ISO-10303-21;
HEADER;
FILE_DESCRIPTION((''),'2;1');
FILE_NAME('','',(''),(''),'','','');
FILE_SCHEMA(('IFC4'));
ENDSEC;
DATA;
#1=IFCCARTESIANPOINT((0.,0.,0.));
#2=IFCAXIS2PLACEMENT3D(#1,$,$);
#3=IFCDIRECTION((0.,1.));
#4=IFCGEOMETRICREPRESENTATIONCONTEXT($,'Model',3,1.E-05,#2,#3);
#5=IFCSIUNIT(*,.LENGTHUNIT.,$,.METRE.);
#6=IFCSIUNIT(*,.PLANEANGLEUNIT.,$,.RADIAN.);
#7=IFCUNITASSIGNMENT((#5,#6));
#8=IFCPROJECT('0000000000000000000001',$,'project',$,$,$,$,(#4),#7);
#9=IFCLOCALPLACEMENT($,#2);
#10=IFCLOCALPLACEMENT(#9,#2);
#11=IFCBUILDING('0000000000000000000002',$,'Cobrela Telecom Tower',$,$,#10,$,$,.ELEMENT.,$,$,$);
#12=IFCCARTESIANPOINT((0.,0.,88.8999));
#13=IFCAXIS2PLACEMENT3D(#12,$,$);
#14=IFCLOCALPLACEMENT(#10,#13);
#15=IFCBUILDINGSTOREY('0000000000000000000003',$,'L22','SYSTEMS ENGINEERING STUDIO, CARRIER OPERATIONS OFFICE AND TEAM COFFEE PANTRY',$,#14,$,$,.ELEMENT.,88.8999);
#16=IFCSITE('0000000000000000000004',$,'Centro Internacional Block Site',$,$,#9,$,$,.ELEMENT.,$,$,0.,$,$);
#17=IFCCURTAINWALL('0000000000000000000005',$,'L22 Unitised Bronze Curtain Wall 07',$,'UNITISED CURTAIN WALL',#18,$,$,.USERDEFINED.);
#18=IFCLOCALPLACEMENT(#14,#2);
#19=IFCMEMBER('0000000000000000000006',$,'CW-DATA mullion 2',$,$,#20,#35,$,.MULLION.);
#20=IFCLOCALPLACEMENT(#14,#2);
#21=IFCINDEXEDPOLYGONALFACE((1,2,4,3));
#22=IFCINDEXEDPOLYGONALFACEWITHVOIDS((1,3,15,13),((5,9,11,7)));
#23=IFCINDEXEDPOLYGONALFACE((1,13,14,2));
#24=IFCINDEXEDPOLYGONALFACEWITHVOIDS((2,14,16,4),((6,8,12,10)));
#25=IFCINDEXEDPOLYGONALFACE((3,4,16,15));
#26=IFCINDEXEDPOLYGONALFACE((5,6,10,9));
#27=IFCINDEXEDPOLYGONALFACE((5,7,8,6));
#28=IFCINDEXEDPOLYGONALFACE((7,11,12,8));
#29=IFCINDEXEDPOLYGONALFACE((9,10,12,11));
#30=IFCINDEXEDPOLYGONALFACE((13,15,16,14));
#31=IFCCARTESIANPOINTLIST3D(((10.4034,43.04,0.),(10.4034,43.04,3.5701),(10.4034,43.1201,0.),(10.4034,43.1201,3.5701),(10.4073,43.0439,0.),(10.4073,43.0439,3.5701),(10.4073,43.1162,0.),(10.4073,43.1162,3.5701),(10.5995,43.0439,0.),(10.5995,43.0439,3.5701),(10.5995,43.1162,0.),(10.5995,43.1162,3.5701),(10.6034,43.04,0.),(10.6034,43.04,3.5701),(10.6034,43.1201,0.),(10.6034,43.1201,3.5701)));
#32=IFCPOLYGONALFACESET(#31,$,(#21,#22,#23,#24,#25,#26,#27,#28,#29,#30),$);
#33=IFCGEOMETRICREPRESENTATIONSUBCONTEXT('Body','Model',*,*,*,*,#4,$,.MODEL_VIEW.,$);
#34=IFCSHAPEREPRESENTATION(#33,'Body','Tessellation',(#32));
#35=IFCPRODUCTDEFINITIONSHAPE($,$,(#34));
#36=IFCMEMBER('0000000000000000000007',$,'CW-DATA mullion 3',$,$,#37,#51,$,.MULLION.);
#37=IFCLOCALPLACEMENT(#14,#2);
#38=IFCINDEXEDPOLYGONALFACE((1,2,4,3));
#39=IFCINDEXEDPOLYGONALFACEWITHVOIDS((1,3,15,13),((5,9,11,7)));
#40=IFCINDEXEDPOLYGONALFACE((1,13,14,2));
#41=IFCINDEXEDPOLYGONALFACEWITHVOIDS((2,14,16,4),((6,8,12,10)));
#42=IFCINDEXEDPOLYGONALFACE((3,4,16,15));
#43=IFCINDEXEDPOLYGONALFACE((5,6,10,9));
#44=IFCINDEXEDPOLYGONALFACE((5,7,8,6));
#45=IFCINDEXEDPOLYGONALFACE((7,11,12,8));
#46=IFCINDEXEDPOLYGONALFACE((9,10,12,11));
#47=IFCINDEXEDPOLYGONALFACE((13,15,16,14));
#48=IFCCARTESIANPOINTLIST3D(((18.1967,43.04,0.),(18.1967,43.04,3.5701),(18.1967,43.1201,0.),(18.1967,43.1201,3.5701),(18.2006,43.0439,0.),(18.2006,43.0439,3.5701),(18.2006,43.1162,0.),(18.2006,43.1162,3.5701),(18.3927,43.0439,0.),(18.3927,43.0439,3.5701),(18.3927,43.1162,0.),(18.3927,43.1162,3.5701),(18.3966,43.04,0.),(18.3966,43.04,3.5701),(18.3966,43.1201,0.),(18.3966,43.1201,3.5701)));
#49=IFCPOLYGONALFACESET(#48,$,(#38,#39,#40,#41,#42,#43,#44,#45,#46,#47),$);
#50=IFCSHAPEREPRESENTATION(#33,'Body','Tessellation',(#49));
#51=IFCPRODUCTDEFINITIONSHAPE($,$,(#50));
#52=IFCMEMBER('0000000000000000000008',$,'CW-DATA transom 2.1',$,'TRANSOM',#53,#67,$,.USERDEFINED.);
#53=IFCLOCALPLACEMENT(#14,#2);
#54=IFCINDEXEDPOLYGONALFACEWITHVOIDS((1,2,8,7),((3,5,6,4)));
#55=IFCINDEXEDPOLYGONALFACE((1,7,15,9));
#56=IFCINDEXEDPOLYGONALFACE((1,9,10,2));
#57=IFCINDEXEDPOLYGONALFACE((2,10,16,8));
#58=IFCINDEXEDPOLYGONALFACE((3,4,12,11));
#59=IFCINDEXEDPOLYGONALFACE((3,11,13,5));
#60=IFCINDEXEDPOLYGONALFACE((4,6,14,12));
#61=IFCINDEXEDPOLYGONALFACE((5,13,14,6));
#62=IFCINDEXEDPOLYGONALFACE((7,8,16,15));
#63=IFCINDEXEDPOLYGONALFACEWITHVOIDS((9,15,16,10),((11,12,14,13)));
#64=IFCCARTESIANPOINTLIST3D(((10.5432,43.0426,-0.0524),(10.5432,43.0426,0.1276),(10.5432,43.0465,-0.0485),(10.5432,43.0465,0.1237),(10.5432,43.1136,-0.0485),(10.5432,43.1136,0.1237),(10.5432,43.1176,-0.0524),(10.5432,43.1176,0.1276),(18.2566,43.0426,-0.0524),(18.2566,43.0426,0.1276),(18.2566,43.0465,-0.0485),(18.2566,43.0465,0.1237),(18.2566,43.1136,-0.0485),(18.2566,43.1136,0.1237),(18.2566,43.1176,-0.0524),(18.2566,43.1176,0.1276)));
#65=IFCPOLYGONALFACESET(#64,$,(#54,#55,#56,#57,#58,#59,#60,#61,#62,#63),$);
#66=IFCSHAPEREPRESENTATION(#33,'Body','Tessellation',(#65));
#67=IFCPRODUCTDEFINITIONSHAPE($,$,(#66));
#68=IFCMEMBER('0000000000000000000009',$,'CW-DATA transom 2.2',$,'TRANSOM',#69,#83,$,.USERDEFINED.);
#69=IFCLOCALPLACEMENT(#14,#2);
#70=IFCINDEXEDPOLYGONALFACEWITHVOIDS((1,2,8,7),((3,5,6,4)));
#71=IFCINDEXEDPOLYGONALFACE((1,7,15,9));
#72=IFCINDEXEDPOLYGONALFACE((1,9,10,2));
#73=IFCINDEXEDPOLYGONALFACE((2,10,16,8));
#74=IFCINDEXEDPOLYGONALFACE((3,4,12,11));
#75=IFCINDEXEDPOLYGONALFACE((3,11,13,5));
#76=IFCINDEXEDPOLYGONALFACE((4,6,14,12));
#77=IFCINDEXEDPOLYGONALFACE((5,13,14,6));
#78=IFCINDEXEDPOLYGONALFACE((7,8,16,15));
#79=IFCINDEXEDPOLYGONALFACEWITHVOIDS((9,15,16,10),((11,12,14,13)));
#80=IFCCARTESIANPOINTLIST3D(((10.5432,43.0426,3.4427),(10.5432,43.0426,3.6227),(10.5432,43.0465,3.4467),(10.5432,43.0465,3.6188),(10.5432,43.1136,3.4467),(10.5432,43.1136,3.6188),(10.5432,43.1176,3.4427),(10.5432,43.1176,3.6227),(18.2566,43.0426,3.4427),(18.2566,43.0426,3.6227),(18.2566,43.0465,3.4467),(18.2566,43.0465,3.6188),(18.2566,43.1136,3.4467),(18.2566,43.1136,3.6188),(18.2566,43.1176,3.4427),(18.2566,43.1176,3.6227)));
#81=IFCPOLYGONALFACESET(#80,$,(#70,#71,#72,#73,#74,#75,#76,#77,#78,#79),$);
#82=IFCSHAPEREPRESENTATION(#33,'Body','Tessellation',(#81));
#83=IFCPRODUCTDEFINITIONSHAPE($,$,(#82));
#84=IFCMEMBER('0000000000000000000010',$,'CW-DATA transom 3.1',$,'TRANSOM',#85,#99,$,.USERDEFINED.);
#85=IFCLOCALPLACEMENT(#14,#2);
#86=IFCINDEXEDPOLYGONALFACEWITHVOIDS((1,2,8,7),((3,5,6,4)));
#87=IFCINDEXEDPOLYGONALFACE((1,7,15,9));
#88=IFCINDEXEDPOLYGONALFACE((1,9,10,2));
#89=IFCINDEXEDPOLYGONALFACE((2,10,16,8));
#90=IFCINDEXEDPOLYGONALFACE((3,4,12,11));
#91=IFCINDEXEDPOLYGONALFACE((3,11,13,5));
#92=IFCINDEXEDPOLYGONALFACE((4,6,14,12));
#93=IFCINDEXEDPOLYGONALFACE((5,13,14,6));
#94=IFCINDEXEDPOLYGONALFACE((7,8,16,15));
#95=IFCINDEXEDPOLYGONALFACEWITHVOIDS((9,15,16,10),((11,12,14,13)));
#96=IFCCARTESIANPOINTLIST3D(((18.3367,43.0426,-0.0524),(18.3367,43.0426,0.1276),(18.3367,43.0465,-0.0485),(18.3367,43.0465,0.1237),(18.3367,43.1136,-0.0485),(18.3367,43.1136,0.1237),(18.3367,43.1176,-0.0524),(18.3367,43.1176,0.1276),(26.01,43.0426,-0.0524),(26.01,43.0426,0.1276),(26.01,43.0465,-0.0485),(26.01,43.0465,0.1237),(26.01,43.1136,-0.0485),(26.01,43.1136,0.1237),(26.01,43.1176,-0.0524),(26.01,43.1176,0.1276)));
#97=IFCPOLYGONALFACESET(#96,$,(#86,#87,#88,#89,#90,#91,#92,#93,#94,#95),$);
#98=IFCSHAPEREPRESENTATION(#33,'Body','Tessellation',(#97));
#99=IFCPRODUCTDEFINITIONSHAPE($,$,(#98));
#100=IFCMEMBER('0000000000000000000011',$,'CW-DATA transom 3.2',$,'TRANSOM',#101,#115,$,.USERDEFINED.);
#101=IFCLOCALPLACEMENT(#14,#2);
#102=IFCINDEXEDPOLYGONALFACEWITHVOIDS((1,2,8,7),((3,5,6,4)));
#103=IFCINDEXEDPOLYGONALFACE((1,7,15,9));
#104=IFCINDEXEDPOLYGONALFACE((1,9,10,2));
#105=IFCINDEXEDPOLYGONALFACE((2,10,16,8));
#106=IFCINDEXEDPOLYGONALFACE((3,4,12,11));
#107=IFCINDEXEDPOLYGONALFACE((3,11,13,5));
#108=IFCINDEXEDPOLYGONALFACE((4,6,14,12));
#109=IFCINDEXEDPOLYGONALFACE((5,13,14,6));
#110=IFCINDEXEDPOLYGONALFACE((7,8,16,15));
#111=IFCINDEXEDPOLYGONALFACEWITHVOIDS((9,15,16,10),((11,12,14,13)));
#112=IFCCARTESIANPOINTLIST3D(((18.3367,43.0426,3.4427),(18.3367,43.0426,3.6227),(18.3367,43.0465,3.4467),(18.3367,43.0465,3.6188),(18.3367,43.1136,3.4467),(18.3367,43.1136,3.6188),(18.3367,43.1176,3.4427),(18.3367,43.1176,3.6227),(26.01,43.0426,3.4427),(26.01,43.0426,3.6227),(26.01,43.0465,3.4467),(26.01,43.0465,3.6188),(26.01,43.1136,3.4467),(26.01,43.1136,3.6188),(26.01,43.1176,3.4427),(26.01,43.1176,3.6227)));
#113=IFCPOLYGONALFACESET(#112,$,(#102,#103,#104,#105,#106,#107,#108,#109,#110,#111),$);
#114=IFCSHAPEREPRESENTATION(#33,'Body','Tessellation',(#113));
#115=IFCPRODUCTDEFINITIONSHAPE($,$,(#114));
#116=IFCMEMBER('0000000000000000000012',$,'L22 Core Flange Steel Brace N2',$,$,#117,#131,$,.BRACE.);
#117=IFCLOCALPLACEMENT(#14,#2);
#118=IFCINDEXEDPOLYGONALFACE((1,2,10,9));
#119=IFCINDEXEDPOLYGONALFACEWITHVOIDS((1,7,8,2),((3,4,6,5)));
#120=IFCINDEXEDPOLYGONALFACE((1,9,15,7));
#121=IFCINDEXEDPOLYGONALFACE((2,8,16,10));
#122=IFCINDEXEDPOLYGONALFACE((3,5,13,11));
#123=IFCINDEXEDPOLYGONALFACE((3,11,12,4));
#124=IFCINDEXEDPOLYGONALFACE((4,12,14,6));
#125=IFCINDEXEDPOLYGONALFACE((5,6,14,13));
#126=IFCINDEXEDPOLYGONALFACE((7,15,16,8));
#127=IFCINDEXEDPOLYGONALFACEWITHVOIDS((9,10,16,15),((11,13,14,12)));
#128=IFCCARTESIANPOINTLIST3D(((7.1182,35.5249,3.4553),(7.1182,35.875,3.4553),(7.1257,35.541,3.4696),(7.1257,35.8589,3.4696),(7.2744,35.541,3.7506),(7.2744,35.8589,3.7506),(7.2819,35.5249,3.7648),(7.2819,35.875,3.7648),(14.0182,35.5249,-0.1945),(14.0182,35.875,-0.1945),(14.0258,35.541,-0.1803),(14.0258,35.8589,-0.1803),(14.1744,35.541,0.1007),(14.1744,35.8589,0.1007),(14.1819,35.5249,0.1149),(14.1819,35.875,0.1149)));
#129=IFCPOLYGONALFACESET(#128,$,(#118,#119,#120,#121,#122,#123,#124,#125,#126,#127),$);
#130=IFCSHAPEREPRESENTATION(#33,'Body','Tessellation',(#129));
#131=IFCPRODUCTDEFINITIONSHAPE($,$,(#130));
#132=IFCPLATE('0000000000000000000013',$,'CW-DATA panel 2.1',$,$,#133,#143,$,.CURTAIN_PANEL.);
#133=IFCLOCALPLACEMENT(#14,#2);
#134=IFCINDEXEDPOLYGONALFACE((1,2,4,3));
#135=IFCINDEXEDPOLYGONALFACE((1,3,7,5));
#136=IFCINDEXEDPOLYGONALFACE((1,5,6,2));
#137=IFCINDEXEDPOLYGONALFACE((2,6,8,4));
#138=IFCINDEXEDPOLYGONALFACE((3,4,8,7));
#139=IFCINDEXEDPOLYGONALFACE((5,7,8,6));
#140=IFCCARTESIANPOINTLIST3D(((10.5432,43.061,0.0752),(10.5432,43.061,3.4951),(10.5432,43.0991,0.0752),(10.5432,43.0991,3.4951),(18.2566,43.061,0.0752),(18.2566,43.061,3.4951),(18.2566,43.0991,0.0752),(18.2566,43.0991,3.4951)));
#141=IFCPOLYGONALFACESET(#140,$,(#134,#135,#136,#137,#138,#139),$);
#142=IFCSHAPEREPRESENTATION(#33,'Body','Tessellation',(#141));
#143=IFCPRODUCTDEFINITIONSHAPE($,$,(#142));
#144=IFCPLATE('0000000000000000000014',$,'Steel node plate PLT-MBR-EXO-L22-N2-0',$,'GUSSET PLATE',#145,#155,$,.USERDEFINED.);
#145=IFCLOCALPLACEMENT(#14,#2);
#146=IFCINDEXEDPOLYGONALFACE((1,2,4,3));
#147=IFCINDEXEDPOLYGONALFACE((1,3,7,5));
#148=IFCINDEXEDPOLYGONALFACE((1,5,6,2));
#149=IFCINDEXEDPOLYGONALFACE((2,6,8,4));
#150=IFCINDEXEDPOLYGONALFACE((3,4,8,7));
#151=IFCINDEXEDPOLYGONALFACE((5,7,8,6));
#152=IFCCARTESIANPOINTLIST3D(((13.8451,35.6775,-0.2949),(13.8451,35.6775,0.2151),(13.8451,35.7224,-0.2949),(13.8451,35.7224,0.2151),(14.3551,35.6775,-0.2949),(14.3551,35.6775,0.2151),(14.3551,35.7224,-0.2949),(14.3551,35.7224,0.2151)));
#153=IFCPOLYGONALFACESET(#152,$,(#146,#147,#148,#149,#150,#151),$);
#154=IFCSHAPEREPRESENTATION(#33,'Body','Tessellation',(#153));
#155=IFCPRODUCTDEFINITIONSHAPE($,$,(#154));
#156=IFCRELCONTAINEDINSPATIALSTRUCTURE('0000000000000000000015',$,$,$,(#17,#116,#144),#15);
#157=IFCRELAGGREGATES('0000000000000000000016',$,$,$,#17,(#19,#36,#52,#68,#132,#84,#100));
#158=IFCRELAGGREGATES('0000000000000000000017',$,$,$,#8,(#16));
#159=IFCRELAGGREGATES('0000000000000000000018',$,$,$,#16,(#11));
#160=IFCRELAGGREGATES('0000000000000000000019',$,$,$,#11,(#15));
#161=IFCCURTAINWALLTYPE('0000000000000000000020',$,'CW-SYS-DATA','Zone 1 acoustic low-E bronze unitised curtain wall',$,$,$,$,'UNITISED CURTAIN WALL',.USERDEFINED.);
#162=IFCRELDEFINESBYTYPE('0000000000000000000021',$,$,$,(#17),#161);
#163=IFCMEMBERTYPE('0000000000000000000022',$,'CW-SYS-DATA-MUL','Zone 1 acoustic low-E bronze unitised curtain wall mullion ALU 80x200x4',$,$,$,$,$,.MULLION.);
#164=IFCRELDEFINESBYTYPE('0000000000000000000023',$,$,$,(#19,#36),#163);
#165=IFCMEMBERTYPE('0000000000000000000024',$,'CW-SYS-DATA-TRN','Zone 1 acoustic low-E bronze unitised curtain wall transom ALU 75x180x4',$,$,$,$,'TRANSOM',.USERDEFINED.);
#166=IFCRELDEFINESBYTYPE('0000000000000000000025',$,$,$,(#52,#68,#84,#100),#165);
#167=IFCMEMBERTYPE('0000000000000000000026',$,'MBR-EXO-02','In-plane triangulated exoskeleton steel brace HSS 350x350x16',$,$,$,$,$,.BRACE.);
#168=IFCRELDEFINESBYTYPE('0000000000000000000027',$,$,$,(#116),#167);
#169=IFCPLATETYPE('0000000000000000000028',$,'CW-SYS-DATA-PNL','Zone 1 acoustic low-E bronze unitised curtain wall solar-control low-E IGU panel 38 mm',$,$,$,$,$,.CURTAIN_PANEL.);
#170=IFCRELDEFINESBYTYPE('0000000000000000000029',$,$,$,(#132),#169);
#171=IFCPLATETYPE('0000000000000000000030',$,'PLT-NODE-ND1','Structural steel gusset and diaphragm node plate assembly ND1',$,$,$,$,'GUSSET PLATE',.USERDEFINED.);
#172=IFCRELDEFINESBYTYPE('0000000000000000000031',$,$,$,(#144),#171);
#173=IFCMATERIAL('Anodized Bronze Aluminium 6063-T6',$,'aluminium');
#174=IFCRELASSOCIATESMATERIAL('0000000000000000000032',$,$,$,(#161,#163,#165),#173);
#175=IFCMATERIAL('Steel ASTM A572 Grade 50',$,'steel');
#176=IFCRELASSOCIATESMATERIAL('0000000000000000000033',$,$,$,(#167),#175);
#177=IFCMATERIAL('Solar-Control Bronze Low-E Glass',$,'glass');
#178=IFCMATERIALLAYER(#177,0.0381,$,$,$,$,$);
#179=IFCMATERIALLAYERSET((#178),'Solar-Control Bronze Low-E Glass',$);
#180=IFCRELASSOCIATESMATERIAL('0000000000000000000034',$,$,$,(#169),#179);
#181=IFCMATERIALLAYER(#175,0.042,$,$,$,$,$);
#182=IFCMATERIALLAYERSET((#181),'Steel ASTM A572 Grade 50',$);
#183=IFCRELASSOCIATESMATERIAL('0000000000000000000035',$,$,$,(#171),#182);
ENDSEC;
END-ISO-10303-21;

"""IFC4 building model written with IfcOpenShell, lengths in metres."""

from ifc_helpers import new_model, si_unit, direction, frame, origin, origin_2d, place, context, subcontext, project, spatial, rectangle, hollow_rectangle, extrude, material, layer, layer_set, material_profile, profile_set, type_object, element, aggregate, save


model = new_model("IFC4")

# Units and contexts
model_context = context("Model", 3, precision=1e-05, world=origin(), true_north=direction((0.0, 1.0)))
body_context = subcontext(model_context, "Body", "Model", "MODEL_VIEW")
ifc_project = project(units=[si_unit("LENGTHUNIT", "METRE"), si_unit("PLANEANGLEUNIT", "RADIAN")], contexts=[model_context])

# Site, building, storey
site_placement = place(None, origin())
site = spatial("IfcSite", under=ifc_project, at=site_placement, Name="Centro Internacional Block Site", CompositionType="ELEMENT", RefElevation=0.0)
building_placement = place(site_placement, origin())
building = spatial("IfcBuilding", under=site, at=building_placement, Name="Cobrela Telecom Tower", CompositionType="ELEMENT")
storey_placement = place(building_placement, frame((0.0, 0.0, 88.8999)))
storey = spatial("IfcBuildingStorey", under=building, at=storey_placement, Name="L22", Description="SYSTEMS ENGINEERING STUDIO, CARRIER OPERATIONS OFFICE AND TEAM COFFEE PANTRY", CompositionType="ELEMENT", Elevation=88.8999)

# Shared definitions
ifc_material_1 = material(Name="Steel ASTM A572 Grade 50", Category="steel")

# Curtain wall, members
ifc_material_2 = material(Name="Anodized Bronze Aluminium 6063-T6", Category="aluminium")
curtain_wall_type = type_object("IfcCurtainWallType", Name="CW-SYS-DATA", Description="Zone 1 acoustic low-E bronze unitised curtain wall", ElementType="UNITISED CURTAIN WALL", PredefinedType="USERDEFINED", material=ifc_material_2)
curtain_wall_placement = place(storey_placement, origin())
curtain_wall = element("IfcCurtainWall", 1, at=curtain_wall_placement, inside=storey, type_object=curtain_wall_type, Name="L22 Unitised Bronze Curtain Wall 07", ObjectType="UNITISED CURTAIN WALL", PredefinedType="USERDEFINED")
ifc_material_profile_1 = material_profile(ifc_material_2, hollow_rectangle(XDim=0.0801, YDim=0.2, WallThickness=0.0039, at=origin_2d()), Name="ALU 80x200x4")
ifc_profile_set_1 = profile_set([ifc_material_profile_1], Name="Anodized Bronze Aluminium 6063-T6")
member_type_1 = type_object("IfcMemberType", Name="CW-SYS-DATA-MUL", Description="Zone 1 acoustic low-E bronze unitised curtain wall mullion ALU 80x200x4", PredefinedType="MULLION", material=ifc_profile_set_1)
member_1_placement = place(storey_placement, frame((10.5034, 43.0801, 0.0), z_axis=(0.0, 0.0, 1.0), x_axis=(0.0, 1.0, 0.0)))
member_1 = element("IfcMember", 2, at=member_1_placement, type_object=member_type_1, Name="CW-DATA mullion 2", PredefinedType="MULLION", context=body_context, shape_type="SweptSolid", body=[
    extrude(hollow_rectangle(XDim=0.0801, YDim=0.2, WallThickness=0.0039, at=origin_2d()), origin(), (0.0, 0.0, 1.0), 3.5701),
])
member_2_placement = place(storey_placement, frame((18.2966, 43.0801, 0.0), z_axis=(0.0, 0.0, 1.0), x_axis=(0.0, 1.0, 0.0)))
member_2 = element("IfcMember", 3, at=member_2_placement, type_object=member_type_1, Name="CW-DATA mullion 3", PredefinedType="MULLION", context=body_context, shape_type="SweptSolid", body=[
    extrude(hollow_rectangle(XDim=0.0801, YDim=0.2, WallThickness=0.0039, at=origin_2d()), origin(), (0.0, 0.0, 1.0), 3.5701),
])
ifc_material_profile_2 = material_profile(ifc_material_2, hollow_rectangle(XDim=0.075, YDim=0.1799, WallThickness=0.0039, at=origin_2d()), Name="ALU 75x180x4")
ifc_profile_set_2 = profile_set([ifc_material_profile_2], Name="Anodized Bronze Aluminium 6063-T6")
member_type_2 = type_object("IfcMemberType", Name="CW-SYS-DATA-TRN", Description="Zone 1 acoustic low-E bronze unitised curtain wall transom ALU 75x180x4", ElementType="TRANSOM", PredefinedType="USERDEFINED", material=ifc_profile_set_2)
member_3_placement = place(storey_placement, frame((10.5432, 43.0801, 0.0376), z_axis=(1.0, 0.0, 0.0), x_axis=(0.0, 1.0, 0.0)))
member_3 = element("IfcMember", 4, at=member_3_placement, type_object=member_type_2, Name="CW-DATA transom 2.1", ObjectType="TRANSOM", PredefinedType="USERDEFINED", context=body_context, shape_type="SweptSolid", body=[
    extrude(hollow_rectangle(XDim=0.075, YDim=0.1799, WallThickness=0.0039, at=origin_2d()), origin(), (0.0, 0.0, 1.0), 7.7134),
])
member_4_placement = place(storey_placement, frame((10.5432, 43.0801, 3.5327), z_axis=(1.0, 0.0, 0.0), x_axis=(0.0, 1.0, 0.0)))
member_4 = element("IfcMember", 5, at=member_4_placement, type_object=member_type_2, Name="CW-DATA transom 2.2", ObjectType="TRANSOM", PredefinedType="USERDEFINED", context=body_context, shape_type="SweptSolid", body=[
    extrude(hollow_rectangle(XDim=0.075, YDim=0.1799, WallThickness=0.0039, at=origin_2d()), origin(), (0.0, 0.0, 1.0), 7.7134),
])
member_5_placement = place(storey_placement, frame((18.3367, 43.0801, 0.0376), z_axis=(1.0, 0.0, 0.0), x_axis=(0.0, 1.0, 0.0)))
member_5 = element("IfcMember", 6, at=member_5_placement, type_object=member_type_2, Name="CW-DATA transom 3.1", ObjectType="TRANSOM", PredefinedType="USERDEFINED", context=body_context, shape_type="SweptSolid", body=[
    extrude(hollow_rectangle(XDim=0.075, YDim=0.1799, WallThickness=0.0039, at=origin_2d()), origin(), (0.0, 0.0, 1.0), 7.6733),
])
member_6_placement = place(storey_placement, frame((18.3367, 43.0801, 3.5327), z_axis=(1.0, 0.0, 0.0), x_axis=(0.0, 1.0, 0.0)))
member_6 = element("IfcMember", 7, at=member_6_placement, type_object=member_type_2, Name="CW-DATA transom 3.2", ObjectType="TRANSOM", PredefinedType="USERDEFINED", context=body_context, shape_type="SweptSolid", body=[
    extrude(hollow_rectangle(XDim=0.075, YDim=0.1799, WallThickness=0.0039, at=origin_2d()), origin(), (0.0, 0.0, 1.0), 7.6733),
])

# Member
ifc_material_profile_3 = material_profile(ifc_material_1, hollow_rectangle(XDim=0.3501, YDim=0.3501, WallThickness=0.0161, at=origin_2d()), Name="HSS 350x350x16")
ifc_profile_set_3 = profile_set([ifc_material_profile_3], Name="Steel ASTM A572 Grade 50")
member_type_3 = type_object("IfcMemberType", Name="MBR-EXO-02", Description="In-plane triangulated exoskeleton steel brace HSS 350x350x16", PredefinedType="BRACE", material=ifc_profile_set_3)
member_7_placement = place(storey_placement, frame((14.1001, 35.7, -0.0398), z_axis=(-0.883953, 0.0, 0.467576), x_axis=(0.0, -1.0, 0.0)))
element("IfcMember", 8, at=member_7_placement, inside=storey, type_object=member_type_3, Name="L22 Core Flange Steel Brace N2", PredefinedType="BRACE", context=body_context, shape_type="SweptSolid", body=[
    extrude(hollow_rectangle(XDim=0.3501, YDim=0.3501, WallThickness=0.0161, at=origin_2d()), origin(), (0.0, 0.0, 1.0), 7.8059),
])

# Plates
ifc_material_3 = material(Name="Solar-Control Bronze Low-E Glass", Category="glass")
ifc_layer_1 = layer(ifc_material_3, 0.0381)
ifc_layer_set_1 = layer_set([ifc_layer_1], Name="Solar-Control Bronze Low-E Glass")
plate_type_1 = type_object("IfcPlateType", Name="CW-SYS-DATA-PNL", Description="Zone 1 acoustic low-E bronze unitised curtain wall solar-control low-E IGU panel 38 mm", PredefinedType="CURTAIN_PANEL", material=ifc_layer_set_1)
plate_1_placement = place(storey_placement, frame((14.3999, 43.0801, 0.0752), z_axis=(0.0, 0.0, 1.0), x_axis=(1.0, 0.0, 0.0)))
plate_1 = element("IfcPlate", 9, at=plate_1_placement, type_object=plate_type_1, Name="CW-DATA panel 2.1", PredefinedType="CURTAIN_PANEL", context=body_context, shape_type="SweptSolid", body=[
    extrude(rectangle(XDim=7.7134, YDim=0.0381, at=origin_2d()), origin(), (0.0, 0.0, 1.0), 3.4199),
])
aggregate(curtain_wall, [member_1, member_2, member_3, member_4, plate_1, member_5, member_6])
ifc_layer_2 = layer(ifc_material_1, 0.042)
ifc_layer_set_2 = layer_set([ifc_layer_2], Name="Steel ASTM A572 Grade 50")
plate_type_2 = type_object("IfcPlateType", Name="PLT-NODE-ND1", Description="Structural steel gusset and diaphragm node plate assembly ND1", ElementType="GUSSET PLATE", PredefinedType="USERDEFINED", material=ifc_layer_set_2)
plate_2_placement = place(storey_placement, frame((14.1001, 35.7, -0.2949), z_axis=(0.0, 0.0, 1.0), x_axis=(-1.0, 0.0, 0.0)))
element("IfcPlate", 10, at=plate_2_placement, inside=storey, type_object=plate_type_2, Name="Steel node plate PLT-MBR-EXO-L22-N2-0", ObjectType="GUSSET PLATE", PredefinedType="USERDEFINED", context=body_context, shape_type="SweptSolid", body=[
    extrude(rectangle(XDim=0.51, YDim=0.0449, at=origin_2d()), origin(), (0.0, 0.0, 1.0), 0.51),
])

save(model, "model.ifc")
